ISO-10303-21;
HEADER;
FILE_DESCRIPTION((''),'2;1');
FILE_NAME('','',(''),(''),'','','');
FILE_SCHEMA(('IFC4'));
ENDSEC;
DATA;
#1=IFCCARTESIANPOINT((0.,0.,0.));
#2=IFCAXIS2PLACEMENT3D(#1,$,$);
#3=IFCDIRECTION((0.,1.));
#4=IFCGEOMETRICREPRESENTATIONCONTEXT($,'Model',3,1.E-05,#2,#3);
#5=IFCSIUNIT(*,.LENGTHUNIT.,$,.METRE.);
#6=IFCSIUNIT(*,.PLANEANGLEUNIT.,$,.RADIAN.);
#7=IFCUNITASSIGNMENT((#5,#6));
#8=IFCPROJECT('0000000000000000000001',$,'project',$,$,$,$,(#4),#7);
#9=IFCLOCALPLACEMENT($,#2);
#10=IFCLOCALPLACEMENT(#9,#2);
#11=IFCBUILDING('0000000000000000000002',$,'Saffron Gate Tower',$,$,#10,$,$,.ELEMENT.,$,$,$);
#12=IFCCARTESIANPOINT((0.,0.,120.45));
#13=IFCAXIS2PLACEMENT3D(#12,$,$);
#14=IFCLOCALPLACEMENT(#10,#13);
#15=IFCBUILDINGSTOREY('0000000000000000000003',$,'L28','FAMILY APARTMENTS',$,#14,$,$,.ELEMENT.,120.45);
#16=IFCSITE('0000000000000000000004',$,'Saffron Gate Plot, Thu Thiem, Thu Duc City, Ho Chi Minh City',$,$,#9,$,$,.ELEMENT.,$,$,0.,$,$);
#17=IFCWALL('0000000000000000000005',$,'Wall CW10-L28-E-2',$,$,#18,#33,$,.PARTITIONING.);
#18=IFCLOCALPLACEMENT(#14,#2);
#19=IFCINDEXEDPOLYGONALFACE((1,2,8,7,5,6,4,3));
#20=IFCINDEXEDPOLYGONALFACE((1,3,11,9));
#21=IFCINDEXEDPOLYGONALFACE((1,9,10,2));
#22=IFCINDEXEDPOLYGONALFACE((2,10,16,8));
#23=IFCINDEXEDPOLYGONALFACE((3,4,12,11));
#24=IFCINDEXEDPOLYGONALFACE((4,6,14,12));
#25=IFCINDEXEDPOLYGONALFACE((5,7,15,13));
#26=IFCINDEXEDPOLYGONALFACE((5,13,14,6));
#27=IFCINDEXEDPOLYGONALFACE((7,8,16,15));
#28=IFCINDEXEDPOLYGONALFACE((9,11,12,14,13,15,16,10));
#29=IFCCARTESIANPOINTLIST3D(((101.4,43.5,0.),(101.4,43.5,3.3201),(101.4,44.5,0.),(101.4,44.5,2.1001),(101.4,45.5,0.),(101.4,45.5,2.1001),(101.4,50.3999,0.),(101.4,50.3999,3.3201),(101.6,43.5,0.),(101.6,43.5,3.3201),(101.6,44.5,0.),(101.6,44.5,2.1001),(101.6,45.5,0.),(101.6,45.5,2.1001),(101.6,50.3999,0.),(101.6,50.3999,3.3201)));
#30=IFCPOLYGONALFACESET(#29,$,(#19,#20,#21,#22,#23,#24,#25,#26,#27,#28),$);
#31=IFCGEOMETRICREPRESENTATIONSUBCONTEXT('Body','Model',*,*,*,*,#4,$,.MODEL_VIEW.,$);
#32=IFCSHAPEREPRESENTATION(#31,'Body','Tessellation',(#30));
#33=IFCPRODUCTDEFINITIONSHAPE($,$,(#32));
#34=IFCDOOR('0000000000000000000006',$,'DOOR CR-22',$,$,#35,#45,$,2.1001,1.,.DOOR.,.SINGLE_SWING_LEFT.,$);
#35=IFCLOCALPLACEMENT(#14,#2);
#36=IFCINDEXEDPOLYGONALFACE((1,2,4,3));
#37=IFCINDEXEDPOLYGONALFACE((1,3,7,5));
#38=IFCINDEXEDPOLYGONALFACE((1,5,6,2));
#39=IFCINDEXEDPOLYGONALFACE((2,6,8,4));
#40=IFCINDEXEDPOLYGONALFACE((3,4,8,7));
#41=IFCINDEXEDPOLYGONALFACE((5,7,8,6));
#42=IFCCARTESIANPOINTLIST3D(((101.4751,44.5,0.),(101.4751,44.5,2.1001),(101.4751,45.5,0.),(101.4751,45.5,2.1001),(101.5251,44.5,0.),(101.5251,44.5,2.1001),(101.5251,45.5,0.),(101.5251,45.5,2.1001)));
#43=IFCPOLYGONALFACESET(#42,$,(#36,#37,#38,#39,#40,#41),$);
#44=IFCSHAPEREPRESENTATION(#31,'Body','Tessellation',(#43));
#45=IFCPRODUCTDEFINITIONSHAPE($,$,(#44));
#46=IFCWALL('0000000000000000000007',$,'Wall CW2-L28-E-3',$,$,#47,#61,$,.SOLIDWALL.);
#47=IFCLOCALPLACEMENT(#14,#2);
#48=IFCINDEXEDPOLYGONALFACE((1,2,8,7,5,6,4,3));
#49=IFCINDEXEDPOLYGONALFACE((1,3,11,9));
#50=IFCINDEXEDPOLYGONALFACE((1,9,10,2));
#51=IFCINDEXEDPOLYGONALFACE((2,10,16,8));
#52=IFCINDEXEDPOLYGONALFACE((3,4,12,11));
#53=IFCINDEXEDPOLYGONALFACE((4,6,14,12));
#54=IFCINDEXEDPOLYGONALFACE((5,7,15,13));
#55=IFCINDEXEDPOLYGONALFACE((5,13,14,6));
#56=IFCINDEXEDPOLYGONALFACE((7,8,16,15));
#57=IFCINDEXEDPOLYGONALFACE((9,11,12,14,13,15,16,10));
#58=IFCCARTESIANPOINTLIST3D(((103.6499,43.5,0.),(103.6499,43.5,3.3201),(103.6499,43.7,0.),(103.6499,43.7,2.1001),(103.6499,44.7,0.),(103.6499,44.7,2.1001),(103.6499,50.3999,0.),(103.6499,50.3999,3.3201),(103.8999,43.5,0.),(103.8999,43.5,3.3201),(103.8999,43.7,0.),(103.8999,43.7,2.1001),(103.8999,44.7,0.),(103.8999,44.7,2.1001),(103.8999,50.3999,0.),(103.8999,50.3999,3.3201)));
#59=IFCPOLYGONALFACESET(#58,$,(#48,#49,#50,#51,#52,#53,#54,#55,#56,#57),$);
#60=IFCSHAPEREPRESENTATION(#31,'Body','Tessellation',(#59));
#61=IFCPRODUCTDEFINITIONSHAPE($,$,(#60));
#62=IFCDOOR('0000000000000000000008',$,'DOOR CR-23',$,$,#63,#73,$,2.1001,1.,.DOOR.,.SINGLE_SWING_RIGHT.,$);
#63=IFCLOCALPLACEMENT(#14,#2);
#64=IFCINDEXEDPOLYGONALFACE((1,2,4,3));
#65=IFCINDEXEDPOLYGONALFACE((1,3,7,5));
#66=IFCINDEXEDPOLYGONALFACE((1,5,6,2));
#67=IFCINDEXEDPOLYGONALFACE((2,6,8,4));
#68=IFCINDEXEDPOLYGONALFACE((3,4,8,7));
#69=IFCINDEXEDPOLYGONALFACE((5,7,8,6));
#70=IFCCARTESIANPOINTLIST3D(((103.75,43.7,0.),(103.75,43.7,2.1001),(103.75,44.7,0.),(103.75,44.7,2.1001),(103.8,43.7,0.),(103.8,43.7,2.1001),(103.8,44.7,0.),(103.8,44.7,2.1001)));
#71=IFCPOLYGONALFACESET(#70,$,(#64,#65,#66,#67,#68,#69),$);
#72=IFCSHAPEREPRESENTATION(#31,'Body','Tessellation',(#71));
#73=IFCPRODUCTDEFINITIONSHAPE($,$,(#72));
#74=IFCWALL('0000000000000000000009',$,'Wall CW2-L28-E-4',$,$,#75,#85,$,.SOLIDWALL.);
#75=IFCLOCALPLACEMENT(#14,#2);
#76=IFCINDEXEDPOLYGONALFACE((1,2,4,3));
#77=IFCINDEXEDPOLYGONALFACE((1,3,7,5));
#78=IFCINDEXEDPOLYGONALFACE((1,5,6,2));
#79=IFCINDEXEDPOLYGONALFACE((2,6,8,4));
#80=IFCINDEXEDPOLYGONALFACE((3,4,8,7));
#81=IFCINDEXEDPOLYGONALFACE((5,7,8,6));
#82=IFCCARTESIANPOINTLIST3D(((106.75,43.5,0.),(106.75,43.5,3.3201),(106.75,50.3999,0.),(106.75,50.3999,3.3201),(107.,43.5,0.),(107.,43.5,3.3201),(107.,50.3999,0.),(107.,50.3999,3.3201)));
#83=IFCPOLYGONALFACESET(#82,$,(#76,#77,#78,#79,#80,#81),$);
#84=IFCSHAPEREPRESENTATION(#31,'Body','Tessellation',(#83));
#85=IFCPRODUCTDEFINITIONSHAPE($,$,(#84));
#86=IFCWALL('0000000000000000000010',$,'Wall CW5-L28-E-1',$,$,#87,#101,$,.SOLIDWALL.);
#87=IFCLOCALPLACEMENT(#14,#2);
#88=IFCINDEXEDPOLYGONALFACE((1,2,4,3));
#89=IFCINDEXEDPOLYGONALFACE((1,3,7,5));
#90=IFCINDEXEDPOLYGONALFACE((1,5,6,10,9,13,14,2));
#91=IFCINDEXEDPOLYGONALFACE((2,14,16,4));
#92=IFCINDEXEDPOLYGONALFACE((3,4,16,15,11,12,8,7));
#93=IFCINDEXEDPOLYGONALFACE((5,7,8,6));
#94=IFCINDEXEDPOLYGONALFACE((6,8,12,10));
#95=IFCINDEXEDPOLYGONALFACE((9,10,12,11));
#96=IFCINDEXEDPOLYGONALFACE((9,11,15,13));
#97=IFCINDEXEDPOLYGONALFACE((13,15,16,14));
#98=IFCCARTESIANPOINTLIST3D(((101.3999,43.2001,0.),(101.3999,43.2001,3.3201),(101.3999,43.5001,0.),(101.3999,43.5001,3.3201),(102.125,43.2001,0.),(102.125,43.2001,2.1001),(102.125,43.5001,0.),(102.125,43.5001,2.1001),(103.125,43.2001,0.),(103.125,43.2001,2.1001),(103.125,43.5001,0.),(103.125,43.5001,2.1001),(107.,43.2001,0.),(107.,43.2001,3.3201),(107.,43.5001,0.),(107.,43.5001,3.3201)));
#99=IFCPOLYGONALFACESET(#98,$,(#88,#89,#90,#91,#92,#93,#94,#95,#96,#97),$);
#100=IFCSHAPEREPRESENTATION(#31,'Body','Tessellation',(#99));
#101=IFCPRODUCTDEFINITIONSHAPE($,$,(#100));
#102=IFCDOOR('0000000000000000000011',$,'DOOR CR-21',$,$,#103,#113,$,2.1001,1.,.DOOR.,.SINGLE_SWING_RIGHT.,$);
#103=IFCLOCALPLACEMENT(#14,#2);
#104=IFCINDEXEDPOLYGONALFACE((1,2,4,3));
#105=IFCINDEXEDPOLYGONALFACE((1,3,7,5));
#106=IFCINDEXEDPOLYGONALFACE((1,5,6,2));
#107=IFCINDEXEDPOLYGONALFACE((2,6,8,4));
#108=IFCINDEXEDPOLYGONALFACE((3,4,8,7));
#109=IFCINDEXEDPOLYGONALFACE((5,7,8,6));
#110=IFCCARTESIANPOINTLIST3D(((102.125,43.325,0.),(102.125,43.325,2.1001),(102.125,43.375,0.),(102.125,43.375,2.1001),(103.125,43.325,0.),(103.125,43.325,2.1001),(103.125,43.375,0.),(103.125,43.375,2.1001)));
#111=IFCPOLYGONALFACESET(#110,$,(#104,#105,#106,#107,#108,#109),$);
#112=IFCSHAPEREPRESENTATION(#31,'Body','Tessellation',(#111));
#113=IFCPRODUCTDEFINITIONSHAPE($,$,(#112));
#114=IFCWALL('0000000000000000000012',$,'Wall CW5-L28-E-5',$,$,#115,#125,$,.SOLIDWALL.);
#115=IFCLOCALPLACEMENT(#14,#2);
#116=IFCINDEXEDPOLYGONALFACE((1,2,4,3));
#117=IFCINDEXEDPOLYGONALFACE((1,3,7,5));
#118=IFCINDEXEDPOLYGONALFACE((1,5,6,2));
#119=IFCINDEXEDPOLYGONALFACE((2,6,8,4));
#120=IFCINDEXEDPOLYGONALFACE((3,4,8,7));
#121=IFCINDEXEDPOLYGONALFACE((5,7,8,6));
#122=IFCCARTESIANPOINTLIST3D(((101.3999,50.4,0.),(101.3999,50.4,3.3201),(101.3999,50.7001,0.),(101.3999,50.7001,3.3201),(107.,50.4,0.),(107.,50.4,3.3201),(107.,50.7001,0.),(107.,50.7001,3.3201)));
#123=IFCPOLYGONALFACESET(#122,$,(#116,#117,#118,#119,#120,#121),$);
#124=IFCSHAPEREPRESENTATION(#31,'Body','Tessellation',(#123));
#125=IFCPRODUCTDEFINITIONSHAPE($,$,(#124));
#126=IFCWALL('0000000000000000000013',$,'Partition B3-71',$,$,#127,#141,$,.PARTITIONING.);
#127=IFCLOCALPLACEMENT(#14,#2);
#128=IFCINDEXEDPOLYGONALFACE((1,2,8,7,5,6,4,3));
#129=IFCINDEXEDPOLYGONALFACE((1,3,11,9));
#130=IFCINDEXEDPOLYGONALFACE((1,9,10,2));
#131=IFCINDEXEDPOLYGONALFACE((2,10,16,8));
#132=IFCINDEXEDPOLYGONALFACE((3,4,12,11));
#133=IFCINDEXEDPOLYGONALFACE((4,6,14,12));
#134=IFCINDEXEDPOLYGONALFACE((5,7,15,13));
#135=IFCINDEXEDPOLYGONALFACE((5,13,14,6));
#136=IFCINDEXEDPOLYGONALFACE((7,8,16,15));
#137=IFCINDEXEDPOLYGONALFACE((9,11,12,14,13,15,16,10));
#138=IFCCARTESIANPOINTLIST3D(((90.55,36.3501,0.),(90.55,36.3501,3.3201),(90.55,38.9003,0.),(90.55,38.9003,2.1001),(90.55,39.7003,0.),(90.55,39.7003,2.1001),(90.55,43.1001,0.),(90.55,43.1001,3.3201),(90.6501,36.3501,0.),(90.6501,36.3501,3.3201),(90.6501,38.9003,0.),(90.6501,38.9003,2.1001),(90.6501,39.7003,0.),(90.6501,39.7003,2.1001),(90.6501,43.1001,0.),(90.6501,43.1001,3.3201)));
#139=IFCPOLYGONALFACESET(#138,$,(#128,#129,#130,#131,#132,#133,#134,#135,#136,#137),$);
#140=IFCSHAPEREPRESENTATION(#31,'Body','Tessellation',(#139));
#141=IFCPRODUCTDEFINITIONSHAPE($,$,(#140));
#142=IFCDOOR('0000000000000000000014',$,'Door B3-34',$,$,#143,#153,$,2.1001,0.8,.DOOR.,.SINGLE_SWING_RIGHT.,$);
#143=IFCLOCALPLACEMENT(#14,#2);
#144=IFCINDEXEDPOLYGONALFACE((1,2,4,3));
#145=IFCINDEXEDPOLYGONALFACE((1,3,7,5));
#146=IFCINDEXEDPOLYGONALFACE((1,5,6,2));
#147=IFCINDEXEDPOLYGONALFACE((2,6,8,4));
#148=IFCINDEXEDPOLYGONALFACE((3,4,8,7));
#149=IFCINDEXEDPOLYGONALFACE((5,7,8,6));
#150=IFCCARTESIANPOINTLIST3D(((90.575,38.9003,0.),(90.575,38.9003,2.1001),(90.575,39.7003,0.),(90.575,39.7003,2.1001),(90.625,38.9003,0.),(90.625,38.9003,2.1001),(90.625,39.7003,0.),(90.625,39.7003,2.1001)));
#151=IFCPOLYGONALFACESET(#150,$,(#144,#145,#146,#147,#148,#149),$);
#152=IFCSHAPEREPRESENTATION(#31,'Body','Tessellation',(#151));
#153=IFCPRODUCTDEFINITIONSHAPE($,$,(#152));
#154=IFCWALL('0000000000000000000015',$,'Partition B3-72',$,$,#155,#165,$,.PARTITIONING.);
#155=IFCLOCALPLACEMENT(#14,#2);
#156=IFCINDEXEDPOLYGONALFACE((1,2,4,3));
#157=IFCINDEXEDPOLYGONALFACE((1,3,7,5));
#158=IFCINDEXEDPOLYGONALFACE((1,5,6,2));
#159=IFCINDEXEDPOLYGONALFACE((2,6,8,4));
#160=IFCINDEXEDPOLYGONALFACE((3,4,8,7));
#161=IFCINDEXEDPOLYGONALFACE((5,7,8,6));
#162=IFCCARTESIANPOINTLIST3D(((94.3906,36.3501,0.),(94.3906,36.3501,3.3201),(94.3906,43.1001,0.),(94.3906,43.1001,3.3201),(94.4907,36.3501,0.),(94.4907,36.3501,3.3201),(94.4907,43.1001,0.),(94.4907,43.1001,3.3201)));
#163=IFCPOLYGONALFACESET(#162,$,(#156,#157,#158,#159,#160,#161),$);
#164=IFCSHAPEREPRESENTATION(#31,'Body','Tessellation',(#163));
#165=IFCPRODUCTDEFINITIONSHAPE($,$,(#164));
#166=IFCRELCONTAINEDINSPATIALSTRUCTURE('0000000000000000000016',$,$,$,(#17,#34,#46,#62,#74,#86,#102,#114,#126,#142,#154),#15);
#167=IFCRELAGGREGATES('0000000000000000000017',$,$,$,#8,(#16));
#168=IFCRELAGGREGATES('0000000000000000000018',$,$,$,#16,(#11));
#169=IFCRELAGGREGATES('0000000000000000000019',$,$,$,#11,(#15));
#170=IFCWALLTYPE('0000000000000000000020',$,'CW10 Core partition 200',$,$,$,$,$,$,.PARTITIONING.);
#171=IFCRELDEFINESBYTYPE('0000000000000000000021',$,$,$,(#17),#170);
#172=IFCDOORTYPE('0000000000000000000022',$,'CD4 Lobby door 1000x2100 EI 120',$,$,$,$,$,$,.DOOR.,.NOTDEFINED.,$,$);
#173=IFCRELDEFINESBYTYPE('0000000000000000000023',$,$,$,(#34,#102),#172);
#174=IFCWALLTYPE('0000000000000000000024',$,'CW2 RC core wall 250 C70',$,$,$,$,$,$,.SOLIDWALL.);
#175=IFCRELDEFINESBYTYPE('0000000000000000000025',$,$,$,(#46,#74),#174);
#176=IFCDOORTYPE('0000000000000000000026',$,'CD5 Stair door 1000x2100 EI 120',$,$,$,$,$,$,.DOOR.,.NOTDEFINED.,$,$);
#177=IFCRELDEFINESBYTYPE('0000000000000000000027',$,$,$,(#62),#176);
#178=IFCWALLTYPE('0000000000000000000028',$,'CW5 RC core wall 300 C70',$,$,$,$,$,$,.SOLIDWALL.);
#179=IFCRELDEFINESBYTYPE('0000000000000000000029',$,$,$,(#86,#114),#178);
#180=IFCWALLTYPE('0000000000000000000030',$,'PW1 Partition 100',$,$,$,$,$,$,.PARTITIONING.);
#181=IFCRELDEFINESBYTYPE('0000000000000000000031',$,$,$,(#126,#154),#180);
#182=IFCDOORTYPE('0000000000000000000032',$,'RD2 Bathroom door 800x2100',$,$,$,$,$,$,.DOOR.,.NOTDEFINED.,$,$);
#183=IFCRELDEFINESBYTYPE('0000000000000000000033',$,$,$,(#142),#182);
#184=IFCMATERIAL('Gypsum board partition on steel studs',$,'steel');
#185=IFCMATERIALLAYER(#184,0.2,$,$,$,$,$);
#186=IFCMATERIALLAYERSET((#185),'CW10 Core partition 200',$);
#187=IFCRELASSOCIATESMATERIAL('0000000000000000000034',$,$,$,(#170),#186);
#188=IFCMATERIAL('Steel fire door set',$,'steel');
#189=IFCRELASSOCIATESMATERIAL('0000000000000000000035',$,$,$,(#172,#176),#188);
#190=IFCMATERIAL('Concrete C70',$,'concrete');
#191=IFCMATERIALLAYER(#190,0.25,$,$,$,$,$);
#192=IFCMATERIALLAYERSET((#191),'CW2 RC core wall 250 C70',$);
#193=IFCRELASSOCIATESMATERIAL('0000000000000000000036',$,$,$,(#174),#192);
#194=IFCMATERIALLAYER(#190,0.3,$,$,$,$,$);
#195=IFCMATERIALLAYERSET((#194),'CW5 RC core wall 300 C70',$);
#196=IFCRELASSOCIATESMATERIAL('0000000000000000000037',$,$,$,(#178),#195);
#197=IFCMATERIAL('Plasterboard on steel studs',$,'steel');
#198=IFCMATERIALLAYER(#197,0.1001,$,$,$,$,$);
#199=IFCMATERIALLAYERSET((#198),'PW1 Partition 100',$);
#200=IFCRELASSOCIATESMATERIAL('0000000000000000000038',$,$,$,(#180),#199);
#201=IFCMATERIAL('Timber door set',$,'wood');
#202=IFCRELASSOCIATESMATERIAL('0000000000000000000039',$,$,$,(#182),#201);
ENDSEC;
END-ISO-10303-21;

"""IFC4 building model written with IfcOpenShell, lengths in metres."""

from ifc_helpers import new_model, si_unit, direction, frame, frame_2d, origin, place, context, subcontext, project, spatial, rectangle, extrude, material, layer, layer_set, type_object, element, fill, save


model = new_model("IFC4")

# Units and contexts
model_context = context("Model", 3, precision=1e-05, world=origin(), true_north=direction((0.0, 1.0)))
body_context = subcontext(model_context, "Body", "Model", "MODEL_VIEW")
ifc_project = project(units=[si_unit("LENGTHUNIT", "METRE"), si_unit("PLANEANGLEUNIT", "RADIAN")], contexts=[model_context])

# Site, building, storey
site_placement = place(None, origin())
site = spatial("IfcSite", under=ifc_project, at=site_placement, Name="Saffron Gate Plot, Thu Thiem, Thu Duc City, Ho Chi Minh City", CompositionType="ELEMENT", RefElevation=0.0)
building_placement = place(site_placement, origin())
building = spatial("IfcBuilding", under=site, at=building_placement, Name="Saffron Gate Tower", CompositionType="ELEMENT")
storey_placement = place(building_placement, frame((0.0, 0.0, 120.45)))
storey = spatial("IfcBuildingStorey", under=building, at=storey_placement, Name="L28", Description="FAMILY APARTMENTS", CompositionType="ELEMENT", Elevation=120.45)

# Walls, openings, doors
ifc_material_1 = material(Name="Gypsum board partition on steel studs", Category="steel")
ifc_layer_1 = layer(ifc_material_1, 0.2)
ifc_layer_set_1 = layer_set([ifc_layer_1], Name="CW10 Core partition 200")
wall_type_1 = type_object("IfcWallType", Name="CW10 Core partition 200", PredefinedType="PARTITIONING", material=ifc_layer_set_1)
wall_1_placement = place(storey_placement, frame((101.5, 43.5, 0.0), z_axis=(0.0, 0.0, 1.0), x_axis=(0.0, 1.0, 0.0)))
wall_1 = element("IfcWall", 1, at=wall_1_placement, inside=storey, type_object=wall_type_1, Name="Wall CW10-L28-E-2", PredefinedType="PARTITIONING", context=body_context, shape_type="SweptSolid", body=[
    extrude(rectangle(XDim=6.8999, YDim=0.2, at=frame_2d((3.45, 0.0))), origin(), (0.0, 0.0, 1.0), 3.3201),
])
opening_1_placement = place(wall_1_placement, frame((1.0, 0.0, 0.0)))
opening_1 = element("IfcOpeningElement", 2, at=opening_1_placement, cuts=wall_1, PredefinedType="OPENING", context=body_context, shape_type="SweptSolid", body=[
    extrude(rectangle(XDim=1.0, YDim=2.1001, at=frame_2d((0.5, 1.05))), frame((0.0, 0.1099, 0.0), z_axis=(0.0, -1.0, 0.0), x_axis=(1.0, 0.0, 0.0)), (0.0, 0.0, 1.0), 0.22),
])
ifc_material_2 = material(Name="Steel fire door set", Category="steel")
door_type_1 = type_object("IfcDoorType", Name="CD4 Lobby door 1000x2100 EI 120", OperationType="NOTDEFINED", PredefinedType="DOOR", material=ifc_material_2)
door_1_placement = place(opening_1_placement, origin())
door_1 = element("IfcDoor", 3, at=door_1_placement, inside=storey, type_object=door_type_1, Name="DOOR CR-22", OperationType="SINGLE_SWING_LEFT", OverallHeight=2.1001, OverallWidth=1.0, PredefinedType="DOOR", context=body_context, shape_type="SweptSolid", body=[
    extrude(rectangle(XDim=1.0, YDim=2.1001, at=frame_2d((0.5, 1.05))), frame((0.0, 0.0249, 0.0), z_axis=(0.0, -1.0, 0.0), x_axis=(1.0, 0.0, 0.0)), (0.0, 0.0, 1.0), 0.05),
])
fill(opening_1, door_1)
ifc_material_3 = material(Name="Concrete C70", Category="concrete")
ifc_layer_2 = layer(ifc_material_3, 0.25)
ifc_layer_set_2 = layer_set([ifc_layer_2], Name="CW2 RC core wall 250 C70")
wall_type_2 = type_object("IfcWallType", Name="CW2 RC core wall 250 C70", PredefinedType="SOLIDWALL", material=ifc_layer_set_2)
wall_2_placement = place(storey_placement, frame((103.7749, 43.5, 0.0), z_axis=(0.0, 0.0, 1.0), x_axis=(0.0, 1.0, 0.0)))
wall_2 = element("IfcWall", 4, at=wall_2_placement, inside=storey, type_object=wall_type_2, Name="Wall CW2-L28-E-3", PredefinedType="SOLIDWALL", context=body_context, shape_type="SweptSolid", body=[
    extrude(rectangle(XDim=6.8999, YDim=0.25, at=frame_2d((3.45, 0.0))), origin(), (0.0, 0.0, 1.0), 3.3201),
])
opening_2_placement = place(wall_2_placement, frame((0.2, 0.0, 0.0)))
opening_2 = element("IfcOpeningElement", 5, at=opening_2_placement, cuts=wall_2, PredefinedType="OPENING", context=body_context, shape_type="SweptSolid", body=[
    extrude(rectangle(XDim=1.0, YDim=2.1001, at=frame_2d((0.5, 1.05))), frame((0.0, 0.135, 0.0), z_axis=(0.0, -1.0, 0.0), x_axis=(1.0, 0.0, 0.0)), (0.0, 0.0, 1.0), 0.27),
])
door_type_2 = type_object("IfcDoorType", Name="CD5 Stair door 1000x2100 EI 120", OperationType="NOTDEFINED", PredefinedType="DOOR", material=ifc_material_2)
door_2_placement = place(opening_2_placement, origin())
door_2 = element("IfcDoor", 6, at=door_2_placement, inside=storey, type_object=door_type_2, Name="DOOR CR-23", OperationType="SINGLE_SWING_RIGHT", OverallHeight=2.1001, OverallWidth=1.0, PredefinedType="DOOR", context=body_context, shape_type="SweptSolid", body=[
    extrude(rectangle(XDim=1.0, YDim=2.1001, at=frame_2d((0.5, 1.05))), frame((0.0, 0.0249, 0.0), z_axis=(0.0, -1.0, 0.0), x_axis=(1.0, 0.0, 0.0)), (0.0, 0.0, 1.0), 0.05),
])
fill(opening_2, door_2)

# Wall
wall_3_placement = place(storey_placement, frame((106.875, 43.5, 0.0), z_axis=(0.0, 0.0, 1.0), x_axis=(0.0, 1.0, 0.0)))
element("IfcWall", 7, at=wall_3_placement, inside=storey, type_object=wall_type_2, Name="Wall CW2-L28-E-4", PredefinedType="SOLIDWALL", context=body_context, shape_type="SweptSolid", body=[
    extrude(rectangle(XDim=6.8999, YDim=0.25, at=frame_2d((3.45, 0.0))), origin(), (0.0, 0.0, 1.0), 3.3201),
])

# Wall, opening, door
ifc_layer_3 = layer(ifc_material_3, 0.3)
ifc_layer_set_3 = layer_set([ifc_layer_3], Name="CW5 RC core wall 300 C70")
wall_type_3 = type_object("IfcWallType", Name="CW5 RC core wall 300 C70", PredefinedType="SOLIDWALL", material=ifc_layer_set_3)
wall_4_placement = place(storey_placement, frame((101.3999, 43.3501, 0.0), z_axis=(0.0, 0.0, 1.0), x_axis=(1.0, 0.0, 0.0)))
wall_4 = element("IfcWall", 8, at=wall_4_placement, inside=storey, type_object=wall_type_3, Name="Wall CW5-L28-E-1", PredefinedType="SOLIDWALL", context=body_context, shape_type="SweptSolid", body=[
    extrude(rectangle(XDim=5.6001, YDim=0.3, at=frame_2d((2.8, 0.0))), origin(), (0.0, 0.0, 1.0), 3.3201),
])
opening_3_placement = place(wall_4_placement, frame((0.7251, 0.0, 0.0)))
opening_3 = element("IfcOpeningElement", 9, at=opening_3_placement, cuts=wall_4, PredefinedType="OPENING", context=body_context, shape_type="SweptSolid", body=[
    extrude(rectangle(XDim=1.0, YDim=2.1001, at=frame_2d((0.5, 1.05))), frame((0.0, 0.1602, 0.0), z_axis=(0.0, -1.0, 0.0), x_axis=(1.0, 0.0, 0.0)), (0.0, 0.0, 1.0), 0.3201),
])
door_3_placement = place(opening_3_placement, origin())
door_3 = element("IfcDoor", 10, at=door_3_placement, inside=storey, type_object=door_type_1, Name="DOOR CR-21", OperationType="SINGLE_SWING_RIGHT", OverallHeight=2.1001, OverallWidth=1.0, PredefinedType="DOOR", context=body_context, shape_type="SweptSolid", body=[
    extrude(rectangle(XDim=1.0, YDim=2.1001, at=frame_2d((0.5, 1.05))), frame((0.0, 0.0249, 0.0), z_axis=(0.0, -1.0, 0.0), x_axis=(1.0, 0.0, 0.0)), (0.0, 0.0, 1.0), 0.05),
])
fill(opening_3, door_3)

# Wall
wall_5_placement = place(storey_placement, frame((101.3999, 50.55, 0.0), z_axis=(0.0, 0.0, 1.0), x_axis=(1.0, 0.0, 0.0)))
element("IfcWall", 11, at=wall_5_placement, inside=storey, type_object=wall_type_3, Name="Wall CW5-L28-E-5", PredefinedType="SOLIDWALL", context=body_context, shape_type="SweptSolid", body=[
    extrude(rectangle(XDim=5.6001, YDim=0.3, at=frame_2d((2.8, 0.0))), origin(), (0.0, 0.0, 1.0), 3.3201),
])

# Wall, opening, door
ifc_material_4 = material(Name="Plasterboard on steel studs", Category="steel")
ifc_layer_4 = layer(ifc_material_4, 0.1001)
ifc_layer_set_4 = layer_set([ifc_layer_4], Name="PW1 Partition 100")
wall_type_4 = type_object("IfcWallType", Name="PW1 Partition 100", PredefinedType="PARTITIONING", material=ifc_layer_set_4)
wall_6_placement = place(storey_placement, frame((90.6001, 43.1001, 0.0), z_axis=(0.0, 0.0, 1.0), x_axis=(0.0, -1.0, 0.0)))
wall_6 = element("IfcWall", 12, at=wall_6_placement, inside=storey, type_object=wall_type_4, Name="Partition B3-71", PredefinedType="PARTITIONING", context=body_context, shape_type="SweptSolid", body=[
    extrude(rectangle(XDim=6.75, YDim=0.1001, at=frame_2d((3.375, 0.0))), origin(), (0.0, 0.0, 1.0), 3.3201),
])
opening_4_placement = place(wall_6_placement, frame((3.3999, 0.0, 0.0)))
opening_4 = element("IfcOpeningElement", 13, at=opening_4_placement, cuts=wall_6, PredefinedType="OPENING", context=body_context, shape_type="SweptSolid", body=[
    extrude(rectangle(XDim=0.8, YDim=2.1001, at=frame_2d((0.3999, 1.05))), frame((0.0, 0.0601, 0.0), z_axis=(0.0, -1.0, 0.0), x_axis=(1.0, 0.0, 0.0)), (0.0, 0.0, 1.0), 0.1201),
])
ifc_material_5 = material(Name="Timber door set", Category="wood")
door_type_3 = type_object("IfcDoorType", Name="RD2 Bathroom door 800x2100", OperationType="NOTDEFINED", PredefinedType="DOOR", material=ifc_material_5)
door_4_placement = place(opening_4_placement, origin())
door_4 = element("IfcDoor", 14, at=door_4_placement, inside=storey, type_object=door_type_3, Name="Door B3-34", OperationType="SINGLE_SWING_RIGHT", OverallHeight=2.1001, OverallWidth=0.8, PredefinedType="DOOR", context=body_context, shape_type="SweptSolid", body=[
    extrude(rectangle(XDim=0.8, YDim=2.1001, at=frame_2d((0.3999, 1.05))), frame((0.0, 0.0249, 0.0), z_axis=(0.0, -1.0, 0.0), x_axis=(1.0, 0.0, 0.0)), (0.0, 0.0, 1.0), 0.05),
])
fill(opening_4, door_4)

# Wall
for number, where, z_axis, x_axis, name in (
    (15, (94.4407, 43.1001, 0.0), (0.0, 0.0, 1.0), (0.0, -1.0, 0.0), "Partition B3-72"),
):
    element("IfcWall", number, at=place(storey_placement, frame(where, z_axis=z_axis, x_axis=x_axis)), inside=storey, type_object=wall_type_4, Name=name, PredefinedType="PARTITIONING", context=body_context, shape_type="SweptSolid", body=[
        extrude(rectangle(XDim=6.75, YDim=0.1001, at=frame_2d((3.375, 0.0))), origin(), (0.0, 0.0, 1.0), 3.3201),
    ])

save(model, "model.ifc")
